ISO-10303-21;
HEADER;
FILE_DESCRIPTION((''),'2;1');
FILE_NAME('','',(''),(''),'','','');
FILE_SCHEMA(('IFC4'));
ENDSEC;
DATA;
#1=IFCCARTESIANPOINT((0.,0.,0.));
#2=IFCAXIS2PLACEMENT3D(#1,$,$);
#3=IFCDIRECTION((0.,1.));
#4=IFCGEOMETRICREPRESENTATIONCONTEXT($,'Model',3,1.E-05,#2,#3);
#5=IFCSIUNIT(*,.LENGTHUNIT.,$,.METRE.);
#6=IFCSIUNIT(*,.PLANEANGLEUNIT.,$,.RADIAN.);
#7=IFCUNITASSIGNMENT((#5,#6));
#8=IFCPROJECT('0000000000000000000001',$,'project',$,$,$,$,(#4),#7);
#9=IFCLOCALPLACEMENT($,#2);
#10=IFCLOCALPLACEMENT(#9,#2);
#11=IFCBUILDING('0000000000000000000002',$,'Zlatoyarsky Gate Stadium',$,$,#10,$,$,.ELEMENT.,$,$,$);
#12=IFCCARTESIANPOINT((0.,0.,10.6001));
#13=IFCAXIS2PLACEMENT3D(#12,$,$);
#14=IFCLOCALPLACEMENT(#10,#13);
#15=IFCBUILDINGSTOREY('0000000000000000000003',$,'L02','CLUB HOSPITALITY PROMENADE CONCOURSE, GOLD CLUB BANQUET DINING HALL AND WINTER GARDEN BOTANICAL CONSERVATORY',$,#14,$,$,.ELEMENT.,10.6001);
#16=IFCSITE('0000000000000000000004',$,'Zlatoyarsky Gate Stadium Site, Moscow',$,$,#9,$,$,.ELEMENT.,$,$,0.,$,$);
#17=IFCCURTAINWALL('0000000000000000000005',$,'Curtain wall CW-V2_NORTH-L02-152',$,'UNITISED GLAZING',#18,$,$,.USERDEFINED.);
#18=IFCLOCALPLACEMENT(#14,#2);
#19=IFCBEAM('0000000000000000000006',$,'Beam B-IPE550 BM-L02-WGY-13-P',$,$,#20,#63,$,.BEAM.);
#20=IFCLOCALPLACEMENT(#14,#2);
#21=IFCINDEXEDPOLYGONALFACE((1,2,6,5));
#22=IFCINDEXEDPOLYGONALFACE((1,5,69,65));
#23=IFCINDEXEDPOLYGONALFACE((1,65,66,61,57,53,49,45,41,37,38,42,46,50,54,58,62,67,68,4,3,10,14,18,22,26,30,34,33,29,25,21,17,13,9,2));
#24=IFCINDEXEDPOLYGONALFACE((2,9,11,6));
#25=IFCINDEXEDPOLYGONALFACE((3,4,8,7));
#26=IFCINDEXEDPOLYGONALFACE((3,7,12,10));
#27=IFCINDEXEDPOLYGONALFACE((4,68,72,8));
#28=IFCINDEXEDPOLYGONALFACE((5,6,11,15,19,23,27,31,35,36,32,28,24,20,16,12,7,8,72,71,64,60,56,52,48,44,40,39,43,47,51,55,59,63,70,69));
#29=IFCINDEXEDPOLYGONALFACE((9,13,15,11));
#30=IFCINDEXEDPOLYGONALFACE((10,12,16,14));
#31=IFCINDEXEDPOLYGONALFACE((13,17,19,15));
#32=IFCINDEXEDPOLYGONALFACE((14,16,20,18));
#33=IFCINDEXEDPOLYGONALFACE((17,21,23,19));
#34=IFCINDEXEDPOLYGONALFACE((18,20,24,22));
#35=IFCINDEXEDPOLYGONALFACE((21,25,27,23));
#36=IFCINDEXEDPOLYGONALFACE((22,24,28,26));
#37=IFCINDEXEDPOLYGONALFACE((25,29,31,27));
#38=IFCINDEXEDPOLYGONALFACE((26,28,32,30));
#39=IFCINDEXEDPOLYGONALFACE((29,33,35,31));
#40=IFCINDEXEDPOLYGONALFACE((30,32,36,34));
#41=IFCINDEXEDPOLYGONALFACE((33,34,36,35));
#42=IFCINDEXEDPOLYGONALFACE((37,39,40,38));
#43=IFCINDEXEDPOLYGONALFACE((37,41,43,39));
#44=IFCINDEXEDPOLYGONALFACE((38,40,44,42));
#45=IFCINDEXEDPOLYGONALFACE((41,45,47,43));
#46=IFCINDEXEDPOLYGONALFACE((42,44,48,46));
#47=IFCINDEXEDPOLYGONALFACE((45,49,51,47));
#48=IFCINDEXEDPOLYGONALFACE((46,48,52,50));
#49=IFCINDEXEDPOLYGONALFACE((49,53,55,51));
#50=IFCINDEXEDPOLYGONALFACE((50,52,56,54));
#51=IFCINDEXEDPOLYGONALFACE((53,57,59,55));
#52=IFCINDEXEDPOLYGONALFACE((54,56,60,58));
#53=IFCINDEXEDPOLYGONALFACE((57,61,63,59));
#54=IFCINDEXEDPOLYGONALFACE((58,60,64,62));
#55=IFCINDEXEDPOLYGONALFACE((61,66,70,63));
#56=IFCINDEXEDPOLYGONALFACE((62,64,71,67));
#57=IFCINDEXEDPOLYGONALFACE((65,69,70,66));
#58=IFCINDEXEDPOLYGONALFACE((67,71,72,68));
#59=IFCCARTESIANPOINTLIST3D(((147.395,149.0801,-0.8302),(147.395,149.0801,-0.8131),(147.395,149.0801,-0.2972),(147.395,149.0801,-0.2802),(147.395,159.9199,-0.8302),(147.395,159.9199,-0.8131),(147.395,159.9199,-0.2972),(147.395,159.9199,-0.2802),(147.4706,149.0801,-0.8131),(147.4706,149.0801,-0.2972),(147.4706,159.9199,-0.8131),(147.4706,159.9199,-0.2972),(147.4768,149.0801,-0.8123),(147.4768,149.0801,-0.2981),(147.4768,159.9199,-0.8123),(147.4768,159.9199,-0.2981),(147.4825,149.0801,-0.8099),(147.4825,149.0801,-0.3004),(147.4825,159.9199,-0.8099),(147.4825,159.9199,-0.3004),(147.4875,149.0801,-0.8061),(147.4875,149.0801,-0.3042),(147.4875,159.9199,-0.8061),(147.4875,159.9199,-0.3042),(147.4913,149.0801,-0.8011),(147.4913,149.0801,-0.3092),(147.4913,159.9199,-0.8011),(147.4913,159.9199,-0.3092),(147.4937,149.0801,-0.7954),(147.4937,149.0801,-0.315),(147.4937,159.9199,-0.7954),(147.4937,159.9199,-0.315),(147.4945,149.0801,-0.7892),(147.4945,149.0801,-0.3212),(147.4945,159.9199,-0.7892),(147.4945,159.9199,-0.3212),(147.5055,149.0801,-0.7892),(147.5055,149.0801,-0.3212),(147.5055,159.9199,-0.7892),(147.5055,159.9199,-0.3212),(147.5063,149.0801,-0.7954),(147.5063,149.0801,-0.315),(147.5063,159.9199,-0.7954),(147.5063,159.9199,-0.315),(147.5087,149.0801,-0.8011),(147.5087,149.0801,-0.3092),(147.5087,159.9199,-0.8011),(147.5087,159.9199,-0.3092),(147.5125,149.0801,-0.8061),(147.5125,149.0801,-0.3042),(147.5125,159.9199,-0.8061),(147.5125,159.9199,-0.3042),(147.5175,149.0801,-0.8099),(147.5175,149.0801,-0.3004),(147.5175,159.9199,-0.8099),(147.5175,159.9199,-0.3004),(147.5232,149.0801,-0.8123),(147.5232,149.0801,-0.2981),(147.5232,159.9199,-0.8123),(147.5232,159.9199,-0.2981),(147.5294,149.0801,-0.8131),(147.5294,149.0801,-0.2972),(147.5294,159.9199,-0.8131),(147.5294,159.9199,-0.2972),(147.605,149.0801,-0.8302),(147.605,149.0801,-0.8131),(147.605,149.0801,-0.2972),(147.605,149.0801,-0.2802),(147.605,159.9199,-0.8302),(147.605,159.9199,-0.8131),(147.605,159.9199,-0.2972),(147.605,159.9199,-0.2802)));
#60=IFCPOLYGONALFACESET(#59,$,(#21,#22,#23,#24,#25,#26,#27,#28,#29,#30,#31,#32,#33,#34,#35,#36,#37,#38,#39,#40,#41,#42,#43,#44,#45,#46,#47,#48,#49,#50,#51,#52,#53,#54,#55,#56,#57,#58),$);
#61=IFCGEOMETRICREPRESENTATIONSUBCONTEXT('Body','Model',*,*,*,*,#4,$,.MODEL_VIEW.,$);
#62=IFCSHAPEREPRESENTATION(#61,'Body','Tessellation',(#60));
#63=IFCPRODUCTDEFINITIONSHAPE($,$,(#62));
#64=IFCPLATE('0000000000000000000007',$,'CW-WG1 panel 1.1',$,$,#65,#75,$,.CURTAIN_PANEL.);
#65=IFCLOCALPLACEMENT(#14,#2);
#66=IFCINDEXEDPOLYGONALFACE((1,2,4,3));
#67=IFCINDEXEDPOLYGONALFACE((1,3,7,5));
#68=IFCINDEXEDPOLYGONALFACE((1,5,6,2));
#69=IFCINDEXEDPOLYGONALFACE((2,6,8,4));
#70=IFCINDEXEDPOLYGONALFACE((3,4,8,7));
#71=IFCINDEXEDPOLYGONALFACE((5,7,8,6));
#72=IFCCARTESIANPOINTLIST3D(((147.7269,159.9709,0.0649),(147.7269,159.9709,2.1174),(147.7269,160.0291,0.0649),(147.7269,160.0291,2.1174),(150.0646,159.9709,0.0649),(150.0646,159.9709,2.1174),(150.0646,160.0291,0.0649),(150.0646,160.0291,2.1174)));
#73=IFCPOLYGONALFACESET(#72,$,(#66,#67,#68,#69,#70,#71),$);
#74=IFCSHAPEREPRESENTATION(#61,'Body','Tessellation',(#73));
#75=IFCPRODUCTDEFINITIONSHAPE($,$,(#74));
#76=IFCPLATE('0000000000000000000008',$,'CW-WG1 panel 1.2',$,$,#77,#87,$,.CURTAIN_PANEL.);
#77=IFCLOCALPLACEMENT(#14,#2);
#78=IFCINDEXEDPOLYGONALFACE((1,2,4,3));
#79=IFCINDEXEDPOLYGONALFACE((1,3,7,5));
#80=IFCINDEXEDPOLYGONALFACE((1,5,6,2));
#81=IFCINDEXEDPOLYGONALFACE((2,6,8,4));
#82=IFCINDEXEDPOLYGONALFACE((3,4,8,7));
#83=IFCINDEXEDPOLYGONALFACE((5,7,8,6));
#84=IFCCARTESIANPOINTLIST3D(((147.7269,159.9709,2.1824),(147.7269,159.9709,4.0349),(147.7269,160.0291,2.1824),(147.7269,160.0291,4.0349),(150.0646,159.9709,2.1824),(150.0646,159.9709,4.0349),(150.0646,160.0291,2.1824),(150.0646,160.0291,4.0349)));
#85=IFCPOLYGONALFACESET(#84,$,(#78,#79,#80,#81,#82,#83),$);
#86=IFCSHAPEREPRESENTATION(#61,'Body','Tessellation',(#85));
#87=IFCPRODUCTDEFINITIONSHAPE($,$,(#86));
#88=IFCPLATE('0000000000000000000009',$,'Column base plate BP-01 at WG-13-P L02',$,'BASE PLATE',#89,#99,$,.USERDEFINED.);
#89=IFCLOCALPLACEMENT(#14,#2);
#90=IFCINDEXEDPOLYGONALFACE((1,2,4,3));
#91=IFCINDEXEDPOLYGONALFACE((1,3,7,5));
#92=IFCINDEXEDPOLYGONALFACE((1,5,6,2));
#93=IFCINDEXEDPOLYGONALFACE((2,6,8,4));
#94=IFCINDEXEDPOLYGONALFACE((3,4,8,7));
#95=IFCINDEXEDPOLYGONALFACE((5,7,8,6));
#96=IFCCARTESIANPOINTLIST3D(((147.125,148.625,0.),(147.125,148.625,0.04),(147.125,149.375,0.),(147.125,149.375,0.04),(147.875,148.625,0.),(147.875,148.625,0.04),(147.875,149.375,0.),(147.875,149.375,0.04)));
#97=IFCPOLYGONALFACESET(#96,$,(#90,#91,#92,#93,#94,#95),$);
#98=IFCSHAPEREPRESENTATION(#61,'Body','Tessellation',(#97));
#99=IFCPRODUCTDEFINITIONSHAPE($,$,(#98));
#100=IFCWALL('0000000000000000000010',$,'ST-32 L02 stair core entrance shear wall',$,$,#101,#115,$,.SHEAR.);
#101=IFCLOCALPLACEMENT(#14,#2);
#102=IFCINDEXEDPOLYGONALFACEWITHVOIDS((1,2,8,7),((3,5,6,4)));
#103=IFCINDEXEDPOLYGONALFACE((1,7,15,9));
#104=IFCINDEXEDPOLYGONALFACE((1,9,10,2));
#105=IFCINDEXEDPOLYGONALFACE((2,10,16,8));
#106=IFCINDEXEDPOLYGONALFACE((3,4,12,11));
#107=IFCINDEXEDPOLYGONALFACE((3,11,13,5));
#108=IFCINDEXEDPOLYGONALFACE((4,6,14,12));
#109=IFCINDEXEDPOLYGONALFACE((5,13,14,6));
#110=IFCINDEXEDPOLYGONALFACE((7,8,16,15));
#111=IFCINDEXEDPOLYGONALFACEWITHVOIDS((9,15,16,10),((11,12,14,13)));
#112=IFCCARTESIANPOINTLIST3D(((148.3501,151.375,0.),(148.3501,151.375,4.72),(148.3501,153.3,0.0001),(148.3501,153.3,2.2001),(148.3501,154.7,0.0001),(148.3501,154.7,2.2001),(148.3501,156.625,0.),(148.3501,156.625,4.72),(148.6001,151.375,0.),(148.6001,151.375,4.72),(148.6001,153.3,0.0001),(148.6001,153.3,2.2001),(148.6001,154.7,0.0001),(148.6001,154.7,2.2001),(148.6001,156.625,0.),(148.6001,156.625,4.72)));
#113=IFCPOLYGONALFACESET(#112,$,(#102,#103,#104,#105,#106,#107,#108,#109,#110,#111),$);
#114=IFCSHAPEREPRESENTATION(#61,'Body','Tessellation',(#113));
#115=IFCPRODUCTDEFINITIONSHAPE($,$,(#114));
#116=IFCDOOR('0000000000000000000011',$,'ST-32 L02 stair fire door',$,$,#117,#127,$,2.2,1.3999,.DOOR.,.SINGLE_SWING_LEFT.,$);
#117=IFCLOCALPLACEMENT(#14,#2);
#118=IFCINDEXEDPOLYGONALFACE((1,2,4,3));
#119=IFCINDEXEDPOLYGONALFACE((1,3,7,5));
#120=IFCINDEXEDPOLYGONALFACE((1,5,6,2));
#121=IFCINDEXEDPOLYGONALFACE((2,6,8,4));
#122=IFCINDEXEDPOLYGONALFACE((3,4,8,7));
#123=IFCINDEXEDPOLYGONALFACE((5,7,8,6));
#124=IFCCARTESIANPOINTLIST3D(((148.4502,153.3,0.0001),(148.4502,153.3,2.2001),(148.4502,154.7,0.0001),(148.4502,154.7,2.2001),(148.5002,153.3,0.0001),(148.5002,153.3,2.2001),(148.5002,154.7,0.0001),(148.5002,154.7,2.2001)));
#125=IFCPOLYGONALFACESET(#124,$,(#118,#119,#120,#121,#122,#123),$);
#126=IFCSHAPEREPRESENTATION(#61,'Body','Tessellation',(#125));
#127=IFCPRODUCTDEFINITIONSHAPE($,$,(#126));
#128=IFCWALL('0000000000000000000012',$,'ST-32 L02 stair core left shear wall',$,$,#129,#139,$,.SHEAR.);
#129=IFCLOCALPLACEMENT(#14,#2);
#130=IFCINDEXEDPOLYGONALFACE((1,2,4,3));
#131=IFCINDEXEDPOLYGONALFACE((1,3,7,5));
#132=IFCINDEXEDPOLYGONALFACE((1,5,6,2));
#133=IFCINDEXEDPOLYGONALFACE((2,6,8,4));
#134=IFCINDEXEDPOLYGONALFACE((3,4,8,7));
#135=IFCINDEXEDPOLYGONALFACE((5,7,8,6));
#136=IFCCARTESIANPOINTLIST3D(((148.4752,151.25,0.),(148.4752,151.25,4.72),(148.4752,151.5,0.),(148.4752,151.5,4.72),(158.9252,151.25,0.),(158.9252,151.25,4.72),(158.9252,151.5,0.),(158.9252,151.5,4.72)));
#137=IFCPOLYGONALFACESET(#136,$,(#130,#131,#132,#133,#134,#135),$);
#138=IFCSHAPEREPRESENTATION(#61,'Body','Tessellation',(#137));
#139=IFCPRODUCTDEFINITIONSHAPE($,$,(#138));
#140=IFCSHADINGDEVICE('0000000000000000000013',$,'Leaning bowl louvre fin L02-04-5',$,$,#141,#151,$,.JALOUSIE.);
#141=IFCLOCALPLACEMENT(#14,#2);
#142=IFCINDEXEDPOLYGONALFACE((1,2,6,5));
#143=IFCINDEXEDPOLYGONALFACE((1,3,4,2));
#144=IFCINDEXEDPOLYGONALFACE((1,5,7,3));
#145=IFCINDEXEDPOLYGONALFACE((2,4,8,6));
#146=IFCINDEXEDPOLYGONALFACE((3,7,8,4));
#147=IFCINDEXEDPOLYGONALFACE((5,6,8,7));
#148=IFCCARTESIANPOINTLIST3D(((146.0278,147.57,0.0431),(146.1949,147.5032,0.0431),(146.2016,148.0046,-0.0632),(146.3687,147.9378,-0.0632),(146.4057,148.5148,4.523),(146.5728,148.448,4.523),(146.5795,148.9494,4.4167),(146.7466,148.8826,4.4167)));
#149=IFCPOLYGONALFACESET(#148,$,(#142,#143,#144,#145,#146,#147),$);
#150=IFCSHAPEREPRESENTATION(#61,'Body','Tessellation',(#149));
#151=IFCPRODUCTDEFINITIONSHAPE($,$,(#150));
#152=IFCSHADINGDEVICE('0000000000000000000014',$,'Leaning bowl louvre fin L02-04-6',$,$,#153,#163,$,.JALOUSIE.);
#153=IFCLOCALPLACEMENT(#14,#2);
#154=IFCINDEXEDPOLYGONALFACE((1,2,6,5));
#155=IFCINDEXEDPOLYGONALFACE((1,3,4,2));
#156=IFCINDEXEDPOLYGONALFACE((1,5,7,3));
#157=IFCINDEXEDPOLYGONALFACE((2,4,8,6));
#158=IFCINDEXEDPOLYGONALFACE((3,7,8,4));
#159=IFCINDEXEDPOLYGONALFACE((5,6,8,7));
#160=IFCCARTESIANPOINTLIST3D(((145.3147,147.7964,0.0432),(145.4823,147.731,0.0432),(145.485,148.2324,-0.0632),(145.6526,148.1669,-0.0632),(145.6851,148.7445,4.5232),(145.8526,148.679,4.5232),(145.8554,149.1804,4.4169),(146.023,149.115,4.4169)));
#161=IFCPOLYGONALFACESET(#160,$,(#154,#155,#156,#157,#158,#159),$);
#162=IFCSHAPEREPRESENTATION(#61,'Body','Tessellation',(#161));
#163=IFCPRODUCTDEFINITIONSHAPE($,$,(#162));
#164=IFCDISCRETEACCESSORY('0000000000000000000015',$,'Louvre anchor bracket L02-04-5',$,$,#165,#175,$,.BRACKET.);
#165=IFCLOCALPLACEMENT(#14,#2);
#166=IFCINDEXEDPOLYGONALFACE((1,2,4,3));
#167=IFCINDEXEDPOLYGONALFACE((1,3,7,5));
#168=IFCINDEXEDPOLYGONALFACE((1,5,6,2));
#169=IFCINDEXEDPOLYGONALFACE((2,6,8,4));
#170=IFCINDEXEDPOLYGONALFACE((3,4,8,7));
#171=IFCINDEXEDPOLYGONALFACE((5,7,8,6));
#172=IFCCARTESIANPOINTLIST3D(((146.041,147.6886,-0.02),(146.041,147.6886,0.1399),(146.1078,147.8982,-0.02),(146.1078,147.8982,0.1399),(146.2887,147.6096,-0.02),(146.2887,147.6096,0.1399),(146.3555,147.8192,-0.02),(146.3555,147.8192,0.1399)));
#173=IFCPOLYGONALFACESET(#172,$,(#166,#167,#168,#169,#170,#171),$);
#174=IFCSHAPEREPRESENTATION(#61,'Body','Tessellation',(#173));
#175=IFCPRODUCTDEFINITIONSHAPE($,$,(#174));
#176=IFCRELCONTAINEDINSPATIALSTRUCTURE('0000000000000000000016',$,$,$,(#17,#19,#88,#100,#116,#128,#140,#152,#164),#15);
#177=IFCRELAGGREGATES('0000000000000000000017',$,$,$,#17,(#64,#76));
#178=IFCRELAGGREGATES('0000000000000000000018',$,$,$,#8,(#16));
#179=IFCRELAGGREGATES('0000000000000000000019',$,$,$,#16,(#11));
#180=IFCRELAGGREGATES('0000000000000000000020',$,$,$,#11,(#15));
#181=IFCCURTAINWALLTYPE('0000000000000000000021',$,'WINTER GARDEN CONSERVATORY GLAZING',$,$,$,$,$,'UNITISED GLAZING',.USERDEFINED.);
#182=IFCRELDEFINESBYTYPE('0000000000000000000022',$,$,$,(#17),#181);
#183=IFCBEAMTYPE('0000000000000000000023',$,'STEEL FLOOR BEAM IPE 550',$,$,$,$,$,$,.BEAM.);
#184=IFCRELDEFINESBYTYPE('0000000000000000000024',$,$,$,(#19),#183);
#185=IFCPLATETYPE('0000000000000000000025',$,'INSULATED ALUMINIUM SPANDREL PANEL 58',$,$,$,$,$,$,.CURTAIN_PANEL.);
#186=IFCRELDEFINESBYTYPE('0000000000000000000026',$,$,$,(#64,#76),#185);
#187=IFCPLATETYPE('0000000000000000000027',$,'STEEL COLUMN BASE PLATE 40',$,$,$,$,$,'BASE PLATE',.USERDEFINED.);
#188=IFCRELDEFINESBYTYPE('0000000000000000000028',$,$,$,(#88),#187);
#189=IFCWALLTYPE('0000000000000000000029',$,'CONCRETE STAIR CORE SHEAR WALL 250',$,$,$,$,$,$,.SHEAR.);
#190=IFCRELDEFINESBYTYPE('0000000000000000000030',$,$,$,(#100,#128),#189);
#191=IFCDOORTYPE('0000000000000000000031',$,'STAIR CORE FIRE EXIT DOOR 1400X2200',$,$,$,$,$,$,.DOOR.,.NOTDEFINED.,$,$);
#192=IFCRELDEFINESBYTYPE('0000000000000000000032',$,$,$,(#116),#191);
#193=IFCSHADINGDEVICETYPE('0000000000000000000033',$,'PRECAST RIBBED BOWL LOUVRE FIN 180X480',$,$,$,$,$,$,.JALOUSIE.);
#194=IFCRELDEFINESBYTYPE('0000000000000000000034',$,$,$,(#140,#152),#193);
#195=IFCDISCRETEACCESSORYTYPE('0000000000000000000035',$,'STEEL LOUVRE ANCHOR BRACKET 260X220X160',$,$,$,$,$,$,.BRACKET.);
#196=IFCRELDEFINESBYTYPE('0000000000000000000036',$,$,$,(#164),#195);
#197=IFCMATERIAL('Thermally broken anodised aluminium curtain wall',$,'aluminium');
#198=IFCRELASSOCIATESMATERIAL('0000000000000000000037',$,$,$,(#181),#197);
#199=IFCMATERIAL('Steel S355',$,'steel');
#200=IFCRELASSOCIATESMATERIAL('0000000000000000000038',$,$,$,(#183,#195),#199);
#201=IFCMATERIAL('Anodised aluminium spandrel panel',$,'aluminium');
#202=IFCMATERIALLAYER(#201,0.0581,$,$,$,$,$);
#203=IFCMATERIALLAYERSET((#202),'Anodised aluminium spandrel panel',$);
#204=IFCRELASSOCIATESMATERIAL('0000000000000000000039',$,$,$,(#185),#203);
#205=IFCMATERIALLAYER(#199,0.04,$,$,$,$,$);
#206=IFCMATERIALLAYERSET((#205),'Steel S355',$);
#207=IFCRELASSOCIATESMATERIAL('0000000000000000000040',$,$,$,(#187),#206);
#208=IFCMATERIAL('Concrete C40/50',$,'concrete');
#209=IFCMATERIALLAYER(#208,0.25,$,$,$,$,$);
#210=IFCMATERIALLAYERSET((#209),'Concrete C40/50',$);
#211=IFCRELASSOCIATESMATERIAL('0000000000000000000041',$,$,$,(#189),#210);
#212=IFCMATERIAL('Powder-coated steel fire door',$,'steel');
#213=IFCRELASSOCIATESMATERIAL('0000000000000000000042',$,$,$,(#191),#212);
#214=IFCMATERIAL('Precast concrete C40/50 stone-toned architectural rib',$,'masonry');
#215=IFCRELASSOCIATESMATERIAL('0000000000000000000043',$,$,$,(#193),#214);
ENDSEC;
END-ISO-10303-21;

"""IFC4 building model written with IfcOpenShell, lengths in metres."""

from ifc_helpers import new_model, si_unit, direction, frame, frame_2d, origin, origin_2d, place, context, subcontext, project, spatial, rectangle, i_section, extrude, material, layer, layer_set, material_profile, profile_set, type_object, element, fill, aggregate, save


model = new_model("IFC4")

# Units and contexts
model_context = context("Model", 3, precision=1e-05, world=origin(), true_north=direction((0.0, 1.0)))
body_context = subcontext(model_context, "Body", "Model", "MODEL_VIEW")
ifc_project = project(units=[si_unit("LENGTHUNIT", "METRE"), si_unit("PLANEANGLEUNIT", "RADIAN")], contexts=[model_context])

# Site, building, storey
site_placement = place(None, origin())
site = spatial("IfcSite", under=ifc_project, at=site_placement, Name="Zlatoyarsky Gate Stadium Site, Moscow", CompositionType="ELEMENT", RefElevation=0.0)
building_placement = place(site_placement, origin())
building = spatial("IfcBuilding", under=site, at=building_placement, Name="Zlatoyarsky Gate Stadium", CompositionType="ELEMENT")
storey_placement = place(building_placement, frame((0.0, 0.0, 10.6001)))
storey = spatial("IfcBuildingStorey", under=building, at=storey_placement, Name="L02", Description="CLUB HOSPITALITY PROMENADE CONCOURSE, GOLD CLUB BANQUET DINING HALL AND WINTER GARDEN BOTANICAL CONSERVATORY", CompositionType="ELEMENT", Elevation=10.6001)

# Shared definitions
ifc_material_1 = material(Name="Steel S355", Category="steel")

# Shared definitions
ifc_material_2 = material(Name="Thermally broken anodised aluminium curtain wall", Category="aluminium")

# Curtain wall
curtain_wall_type_1 = type_object("IfcCurtainWallType", Name="WINTER GARDEN CONSERVATORY GLAZING", ElementType="UNITISED GLAZING", PredefinedType="USERDEFINED", material=ifc_material_2)
curtain_wall_1_placement = place(storey_placement, origin())
curtain_wall_1 = element("IfcCurtainWall", 1, at=curtain_wall_1_placement, inside=storey, type_object=curtain_wall_type_1, Name="Curtain wall CW-V2_NORTH-L02-152", ObjectType="UNITISED GLAZING", PredefinedType="USERDEFINED")

# Beam
ifc_material_profile_1 = material_profile(ifc_material_1, i_section(OverallWidth=0.21, OverallDepth=0.55, WebThickness=0.011, FlangeThickness=0.0171, FilletRadius=0.0239, at=origin_2d()), Name="IPE 550")
ifc_profile_set_1 = profile_set([ifc_material_profile_1], Name="Steel S355")
beam_type_1 = type_object("IfcBeamType", Name="STEEL FLOOR BEAM IPE 550", PredefinedType="BEAM", material=ifc_profile_set_1)
beam_placement = place(storey_placement, frame((147.5, 149.0801, -0.5552), z_axis=(0.0, 1.0, 0.0), x_axis=(-1.0, 0.0, 0.0)))
element("IfcBeam", 2, at=beam_placement, inside=storey, type_object=beam_type_1, Name="Beam B-IPE550 BM-L02-WGY-13-P", PredefinedType="BEAM", context=body_context, shape_type="SweptSolid", body=[
    extrude(i_section(OverallWidth=0.21, OverallDepth=0.55, WebThickness=0.011, FlangeThickness=0.0171, FilletRadius=0.0239, at=origin_2d()), origin(), (0.0, 0.0, 1.0), 10.8398),
])

# Plates
ifc_material_3 = material(Name="Anodised aluminium spandrel panel", Category="aluminium")
ifc_layer_1 = layer(ifc_material_3, 0.0581)
ifc_layer_set_1 = layer_set([ifc_layer_1], Name="Anodised aluminium spandrel panel")
plate_type_1 = type_object("IfcPlateType", Name="INSULATED ALUMINIUM SPANDREL PANEL 58", PredefinedType="CURTAIN_PANEL", material=ifc_layer_set_1)
plate_1_placement = place(storey_placement, frame((148.8958, 160.0, 0.0649), z_axis=(0.0, 0.0, 1.0), x_axis=(1.0, 0.0, 0.0)))
plate_1 = element("IfcPlate", 3, at=plate_1_placement, type_object=plate_type_1, Name="CW-WG1 panel 1.1", PredefinedType="CURTAIN_PANEL", context=body_context, shape_type="SweptSolid", body=[
    extrude(rectangle(XDim=2.3376, YDim=0.0581, at=origin_2d()), origin(), (0.0, 0.0, 1.0), 2.0525),
])
plate_2_placement = place(storey_placement, frame((148.8958, 160.0, 2.1824), z_axis=(0.0, 0.0, 1.0), x_axis=(1.0, 0.0, 0.0)))
plate_2 = element("IfcPlate", 4, at=plate_2_placement, type_object=plate_type_1, Name="CW-WG1 panel 1.2", PredefinedType="CURTAIN_PANEL", context=body_context, shape_type="SweptSolid", body=[
    extrude(rectangle(XDim=2.3376, YDim=0.0581, at=origin_2d()), origin(), (0.0, 0.0, 1.0), 1.8525),
])
aggregate(curtain_wall_1, [plate_1, plate_2])
ifc_layer_2 = layer(ifc_material_1, 0.04)
ifc_layer_set_2 = layer_set([ifc_layer_2], Name="Steel S355")
plate_type_2 = type_object("IfcPlateType", Name="STEEL COLUMN BASE PLATE 40", ElementType="BASE PLATE", PredefinedType="USERDEFINED", material=ifc_layer_set_2)
plate_3_placement = place(storey_placement, frame((147.5, 149.0, 0.0), z_axis=(0.0, 0.0, 1.0), x_axis=(1.0, 0.0, 0.0)))
element("IfcPlate", 5, at=plate_3_placement, inside=storey, type_object=plate_type_2, Name="Column base plate BP-01 at WG-13-P L02", ObjectType="BASE PLATE", PredefinedType="USERDEFINED", context=body_context, shape_type="SweptSolid", body=[
    extrude(rectangle(XDim=0.75, YDim=0.75, at=origin_2d()), origin(), (0.0, 0.0, 1.0), 0.04),
])

# Wall, opening, door
ifc_material_4 = material(Name="Concrete C40/50", Category="concrete")
ifc_layer_3 = layer(ifc_material_4, 0.25)
ifc_layer_set_3 = layer_set([ifc_layer_3], Name="Concrete C40/50")
wall_type = type_object("IfcWallType", Name="CONCRETE STAIR CORE SHEAR WALL 250", PredefinedType="SHEAR", material=ifc_layer_set_3)
wall_1_placement = place(storey_placement, frame((148.4751, 156.625, 0.0), z_axis=(0.0, 0.0, 1.0), x_axis=(0.0, -1.0, 0.0)))
wall_1 = element("IfcWall", 6, at=wall_1_placement, inside=storey, type_object=wall_type, Name="ST-32 L02 stair core entrance shear wall", PredefinedType="SHEAR", context=body_context, shape_type="SweptSolid", body=[
    extrude(rectangle(XDim=5.25, YDim=0.25, at=frame_2d((2.625, 0.0))), origin(), (0.0, 0.0, 1.0), 4.72),
])
opening_placement = place(wall_1_placement, frame((1.925, 0.0, 0.0)))
opening = element("IfcOpeningElement", 7, at=opening_placement, cuts=wall_1, PredefinedType="OPENING", context=body_context, shape_type="SweptSolid", body=[
    extrude(rectangle(XDim=1.3999, YDim=2.2, at=frame_2d((0.7, 1.1001))), frame((0.0, 0.135, 0.0), z_axis=(0.0, -1.0, 0.0), x_axis=(1.0, 0.0, 0.0)), (0.0, 0.0, 1.0), 0.27),
])
ifc_material_5 = material(Name="Powder-coated steel fire door", Category="steel")
door_type = type_object("IfcDoorType", Name="STAIR CORE FIRE EXIT DOOR 1400X2200", OperationType="NOTDEFINED", PredefinedType="DOOR", material=ifc_material_5)
door_placement = place(opening_placement, frame((1.3999, 0.0, 0.0), z_axis=(0.0, 0.0, 1.0), x_axis=(-1.0, 0.0, 0.0)))
door = element("IfcDoor", 8, at=door_placement, inside=storey, type_object=door_type, Name="ST-32 L02 stair fire door", OperationType="SINGLE_SWING_LEFT", OverallHeight=2.2, OverallWidth=1.3999, PredefinedType="DOOR", context=body_context, shape_type="SweptSolid", body=[
    extrude(rectangle(XDim=1.3999, YDim=2.2, at=frame_2d((0.7, 1.1001))), frame((0.0, 0.0249, 0.0), z_axis=(0.0, -1.0, 0.0), x_axis=(1.0, 0.0, 0.0)), (0.0, 0.0, 1.0), 0.05),
])
fill(opening, door)

# Wall
wall_2_placement = place(storey_placement, frame((148.4751, 151.375, 0.0), z_axis=(0.0, 0.0, 1.0), x_axis=(1.0, 0.0, 0.0)))
element("IfcWall", 9, at=wall_2_placement, inside=storey, type_object=wall_type, Name="ST-32 L02 stair core left shear wall", PredefinedType="SHEAR", context=body_context, shape_type="SweptSolid", body=[
    extrude(rectangle(XDim=10.45, YDim=0.25, at=frame_2d((5.2251, 0.0))), origin(), (0.0, 0.0, 1.0), 4.72),
])

# Shading devices
ifc_material_6 = material(Name="Precast concrete C40/50 stone-toned architectural rib", Category="masonry")
ifc_material_profile_2 = material_profile(ifc_material_6, rectangle(XDim=0.1799, YDim=0.48, at=origin_2d()), Name="RIB 180X480")
ifc_profile_set_2 = profile_set([ifc_material_profile_2], Name="Precast concrete C40/50 stone-toned architectural rib")
shading_device_type = type_object("IfcShadingDeviceType", Name="PRECAST RIBBED BOWL LOUVRE FIN 180X480", PredefinedType="JALOUSIE", material=ifc_profile_set_2)
shading_device_1_placement = place(storey_placement, frame((146.1982, 147.7539, -0.01), z_axis=(0.082264, 0.20566, 0.97516), x_axis=(-0.928477, 0.371391, 0.0)))
element("IfcShadingDevice", 10, at=shading_device_1_placement, inside=storey, type_object=shading_device_type, Name="Leaning bowl louvre fin L02-04-5", PredefinedType="JALOUSIE", context=body_context, shape_type="SweptSolid", body=[
    extrude(rectangle(XDim=0.1799, YDim=0.48, at=origin_2d()), origin(), (0.0, 0.0, 1.0), 4.594),
])
shading_device_2_placement = place(storey_placement, frame((145.4836, 147.9817, -0.01), z_axis=(0.080616, 0.20635, 0.975152), x_axis=(-0.931441, 0.363893, 0.0)))
element("IfcShadingDevice", 11, at=shading_device_2_placement, inside=storey, type_object=shading_device_type, Name="Leaning bowl louvre fin L02-04-6", PredefinedType="JALOUSIE", context=body_context, shape_type="SweptSolid", body=[
    extrude(rectangle(XDim=0.1799, YDim=0.48, at=origin_2d()), origin(), (0.0, 0.0, 1.0), 4.5942),
])

# Discrete accessory
discrete_accessory_type = type_object("IfcDiscreteAccessoryType", Name="STEEL LOUVRE ANCHOR BRACKET 260X220X160", PredefinedType="BRACKET", material=ifc_material_1)
for number, where, z_axis, x_axis, name in (
    (12, (146.1982, 147.7539, -0.02), (0.0, 0.0, 1.0), (-0.952731, 0.303815, 0.0), "Louvre anchor bracket L02-04-5"),
):
    element("IfcDiscreteAccessory", number, at=place(storey_placement, frame(where, z_axis=z_axis, x_axis=x_axis)), inside=storey, type_object=discrete_accessory_type, Name=name, PredefinedType="BRACKET", context=body_context, shape_type="SweptSolid", body=[
        extrude(rectangle(XDim=0.26, YDim=0.22, at=origin_2d()), origin(), (0.0, 0.0, 1.0), 0.1599),
    ])

save(model, "model.ifc")
